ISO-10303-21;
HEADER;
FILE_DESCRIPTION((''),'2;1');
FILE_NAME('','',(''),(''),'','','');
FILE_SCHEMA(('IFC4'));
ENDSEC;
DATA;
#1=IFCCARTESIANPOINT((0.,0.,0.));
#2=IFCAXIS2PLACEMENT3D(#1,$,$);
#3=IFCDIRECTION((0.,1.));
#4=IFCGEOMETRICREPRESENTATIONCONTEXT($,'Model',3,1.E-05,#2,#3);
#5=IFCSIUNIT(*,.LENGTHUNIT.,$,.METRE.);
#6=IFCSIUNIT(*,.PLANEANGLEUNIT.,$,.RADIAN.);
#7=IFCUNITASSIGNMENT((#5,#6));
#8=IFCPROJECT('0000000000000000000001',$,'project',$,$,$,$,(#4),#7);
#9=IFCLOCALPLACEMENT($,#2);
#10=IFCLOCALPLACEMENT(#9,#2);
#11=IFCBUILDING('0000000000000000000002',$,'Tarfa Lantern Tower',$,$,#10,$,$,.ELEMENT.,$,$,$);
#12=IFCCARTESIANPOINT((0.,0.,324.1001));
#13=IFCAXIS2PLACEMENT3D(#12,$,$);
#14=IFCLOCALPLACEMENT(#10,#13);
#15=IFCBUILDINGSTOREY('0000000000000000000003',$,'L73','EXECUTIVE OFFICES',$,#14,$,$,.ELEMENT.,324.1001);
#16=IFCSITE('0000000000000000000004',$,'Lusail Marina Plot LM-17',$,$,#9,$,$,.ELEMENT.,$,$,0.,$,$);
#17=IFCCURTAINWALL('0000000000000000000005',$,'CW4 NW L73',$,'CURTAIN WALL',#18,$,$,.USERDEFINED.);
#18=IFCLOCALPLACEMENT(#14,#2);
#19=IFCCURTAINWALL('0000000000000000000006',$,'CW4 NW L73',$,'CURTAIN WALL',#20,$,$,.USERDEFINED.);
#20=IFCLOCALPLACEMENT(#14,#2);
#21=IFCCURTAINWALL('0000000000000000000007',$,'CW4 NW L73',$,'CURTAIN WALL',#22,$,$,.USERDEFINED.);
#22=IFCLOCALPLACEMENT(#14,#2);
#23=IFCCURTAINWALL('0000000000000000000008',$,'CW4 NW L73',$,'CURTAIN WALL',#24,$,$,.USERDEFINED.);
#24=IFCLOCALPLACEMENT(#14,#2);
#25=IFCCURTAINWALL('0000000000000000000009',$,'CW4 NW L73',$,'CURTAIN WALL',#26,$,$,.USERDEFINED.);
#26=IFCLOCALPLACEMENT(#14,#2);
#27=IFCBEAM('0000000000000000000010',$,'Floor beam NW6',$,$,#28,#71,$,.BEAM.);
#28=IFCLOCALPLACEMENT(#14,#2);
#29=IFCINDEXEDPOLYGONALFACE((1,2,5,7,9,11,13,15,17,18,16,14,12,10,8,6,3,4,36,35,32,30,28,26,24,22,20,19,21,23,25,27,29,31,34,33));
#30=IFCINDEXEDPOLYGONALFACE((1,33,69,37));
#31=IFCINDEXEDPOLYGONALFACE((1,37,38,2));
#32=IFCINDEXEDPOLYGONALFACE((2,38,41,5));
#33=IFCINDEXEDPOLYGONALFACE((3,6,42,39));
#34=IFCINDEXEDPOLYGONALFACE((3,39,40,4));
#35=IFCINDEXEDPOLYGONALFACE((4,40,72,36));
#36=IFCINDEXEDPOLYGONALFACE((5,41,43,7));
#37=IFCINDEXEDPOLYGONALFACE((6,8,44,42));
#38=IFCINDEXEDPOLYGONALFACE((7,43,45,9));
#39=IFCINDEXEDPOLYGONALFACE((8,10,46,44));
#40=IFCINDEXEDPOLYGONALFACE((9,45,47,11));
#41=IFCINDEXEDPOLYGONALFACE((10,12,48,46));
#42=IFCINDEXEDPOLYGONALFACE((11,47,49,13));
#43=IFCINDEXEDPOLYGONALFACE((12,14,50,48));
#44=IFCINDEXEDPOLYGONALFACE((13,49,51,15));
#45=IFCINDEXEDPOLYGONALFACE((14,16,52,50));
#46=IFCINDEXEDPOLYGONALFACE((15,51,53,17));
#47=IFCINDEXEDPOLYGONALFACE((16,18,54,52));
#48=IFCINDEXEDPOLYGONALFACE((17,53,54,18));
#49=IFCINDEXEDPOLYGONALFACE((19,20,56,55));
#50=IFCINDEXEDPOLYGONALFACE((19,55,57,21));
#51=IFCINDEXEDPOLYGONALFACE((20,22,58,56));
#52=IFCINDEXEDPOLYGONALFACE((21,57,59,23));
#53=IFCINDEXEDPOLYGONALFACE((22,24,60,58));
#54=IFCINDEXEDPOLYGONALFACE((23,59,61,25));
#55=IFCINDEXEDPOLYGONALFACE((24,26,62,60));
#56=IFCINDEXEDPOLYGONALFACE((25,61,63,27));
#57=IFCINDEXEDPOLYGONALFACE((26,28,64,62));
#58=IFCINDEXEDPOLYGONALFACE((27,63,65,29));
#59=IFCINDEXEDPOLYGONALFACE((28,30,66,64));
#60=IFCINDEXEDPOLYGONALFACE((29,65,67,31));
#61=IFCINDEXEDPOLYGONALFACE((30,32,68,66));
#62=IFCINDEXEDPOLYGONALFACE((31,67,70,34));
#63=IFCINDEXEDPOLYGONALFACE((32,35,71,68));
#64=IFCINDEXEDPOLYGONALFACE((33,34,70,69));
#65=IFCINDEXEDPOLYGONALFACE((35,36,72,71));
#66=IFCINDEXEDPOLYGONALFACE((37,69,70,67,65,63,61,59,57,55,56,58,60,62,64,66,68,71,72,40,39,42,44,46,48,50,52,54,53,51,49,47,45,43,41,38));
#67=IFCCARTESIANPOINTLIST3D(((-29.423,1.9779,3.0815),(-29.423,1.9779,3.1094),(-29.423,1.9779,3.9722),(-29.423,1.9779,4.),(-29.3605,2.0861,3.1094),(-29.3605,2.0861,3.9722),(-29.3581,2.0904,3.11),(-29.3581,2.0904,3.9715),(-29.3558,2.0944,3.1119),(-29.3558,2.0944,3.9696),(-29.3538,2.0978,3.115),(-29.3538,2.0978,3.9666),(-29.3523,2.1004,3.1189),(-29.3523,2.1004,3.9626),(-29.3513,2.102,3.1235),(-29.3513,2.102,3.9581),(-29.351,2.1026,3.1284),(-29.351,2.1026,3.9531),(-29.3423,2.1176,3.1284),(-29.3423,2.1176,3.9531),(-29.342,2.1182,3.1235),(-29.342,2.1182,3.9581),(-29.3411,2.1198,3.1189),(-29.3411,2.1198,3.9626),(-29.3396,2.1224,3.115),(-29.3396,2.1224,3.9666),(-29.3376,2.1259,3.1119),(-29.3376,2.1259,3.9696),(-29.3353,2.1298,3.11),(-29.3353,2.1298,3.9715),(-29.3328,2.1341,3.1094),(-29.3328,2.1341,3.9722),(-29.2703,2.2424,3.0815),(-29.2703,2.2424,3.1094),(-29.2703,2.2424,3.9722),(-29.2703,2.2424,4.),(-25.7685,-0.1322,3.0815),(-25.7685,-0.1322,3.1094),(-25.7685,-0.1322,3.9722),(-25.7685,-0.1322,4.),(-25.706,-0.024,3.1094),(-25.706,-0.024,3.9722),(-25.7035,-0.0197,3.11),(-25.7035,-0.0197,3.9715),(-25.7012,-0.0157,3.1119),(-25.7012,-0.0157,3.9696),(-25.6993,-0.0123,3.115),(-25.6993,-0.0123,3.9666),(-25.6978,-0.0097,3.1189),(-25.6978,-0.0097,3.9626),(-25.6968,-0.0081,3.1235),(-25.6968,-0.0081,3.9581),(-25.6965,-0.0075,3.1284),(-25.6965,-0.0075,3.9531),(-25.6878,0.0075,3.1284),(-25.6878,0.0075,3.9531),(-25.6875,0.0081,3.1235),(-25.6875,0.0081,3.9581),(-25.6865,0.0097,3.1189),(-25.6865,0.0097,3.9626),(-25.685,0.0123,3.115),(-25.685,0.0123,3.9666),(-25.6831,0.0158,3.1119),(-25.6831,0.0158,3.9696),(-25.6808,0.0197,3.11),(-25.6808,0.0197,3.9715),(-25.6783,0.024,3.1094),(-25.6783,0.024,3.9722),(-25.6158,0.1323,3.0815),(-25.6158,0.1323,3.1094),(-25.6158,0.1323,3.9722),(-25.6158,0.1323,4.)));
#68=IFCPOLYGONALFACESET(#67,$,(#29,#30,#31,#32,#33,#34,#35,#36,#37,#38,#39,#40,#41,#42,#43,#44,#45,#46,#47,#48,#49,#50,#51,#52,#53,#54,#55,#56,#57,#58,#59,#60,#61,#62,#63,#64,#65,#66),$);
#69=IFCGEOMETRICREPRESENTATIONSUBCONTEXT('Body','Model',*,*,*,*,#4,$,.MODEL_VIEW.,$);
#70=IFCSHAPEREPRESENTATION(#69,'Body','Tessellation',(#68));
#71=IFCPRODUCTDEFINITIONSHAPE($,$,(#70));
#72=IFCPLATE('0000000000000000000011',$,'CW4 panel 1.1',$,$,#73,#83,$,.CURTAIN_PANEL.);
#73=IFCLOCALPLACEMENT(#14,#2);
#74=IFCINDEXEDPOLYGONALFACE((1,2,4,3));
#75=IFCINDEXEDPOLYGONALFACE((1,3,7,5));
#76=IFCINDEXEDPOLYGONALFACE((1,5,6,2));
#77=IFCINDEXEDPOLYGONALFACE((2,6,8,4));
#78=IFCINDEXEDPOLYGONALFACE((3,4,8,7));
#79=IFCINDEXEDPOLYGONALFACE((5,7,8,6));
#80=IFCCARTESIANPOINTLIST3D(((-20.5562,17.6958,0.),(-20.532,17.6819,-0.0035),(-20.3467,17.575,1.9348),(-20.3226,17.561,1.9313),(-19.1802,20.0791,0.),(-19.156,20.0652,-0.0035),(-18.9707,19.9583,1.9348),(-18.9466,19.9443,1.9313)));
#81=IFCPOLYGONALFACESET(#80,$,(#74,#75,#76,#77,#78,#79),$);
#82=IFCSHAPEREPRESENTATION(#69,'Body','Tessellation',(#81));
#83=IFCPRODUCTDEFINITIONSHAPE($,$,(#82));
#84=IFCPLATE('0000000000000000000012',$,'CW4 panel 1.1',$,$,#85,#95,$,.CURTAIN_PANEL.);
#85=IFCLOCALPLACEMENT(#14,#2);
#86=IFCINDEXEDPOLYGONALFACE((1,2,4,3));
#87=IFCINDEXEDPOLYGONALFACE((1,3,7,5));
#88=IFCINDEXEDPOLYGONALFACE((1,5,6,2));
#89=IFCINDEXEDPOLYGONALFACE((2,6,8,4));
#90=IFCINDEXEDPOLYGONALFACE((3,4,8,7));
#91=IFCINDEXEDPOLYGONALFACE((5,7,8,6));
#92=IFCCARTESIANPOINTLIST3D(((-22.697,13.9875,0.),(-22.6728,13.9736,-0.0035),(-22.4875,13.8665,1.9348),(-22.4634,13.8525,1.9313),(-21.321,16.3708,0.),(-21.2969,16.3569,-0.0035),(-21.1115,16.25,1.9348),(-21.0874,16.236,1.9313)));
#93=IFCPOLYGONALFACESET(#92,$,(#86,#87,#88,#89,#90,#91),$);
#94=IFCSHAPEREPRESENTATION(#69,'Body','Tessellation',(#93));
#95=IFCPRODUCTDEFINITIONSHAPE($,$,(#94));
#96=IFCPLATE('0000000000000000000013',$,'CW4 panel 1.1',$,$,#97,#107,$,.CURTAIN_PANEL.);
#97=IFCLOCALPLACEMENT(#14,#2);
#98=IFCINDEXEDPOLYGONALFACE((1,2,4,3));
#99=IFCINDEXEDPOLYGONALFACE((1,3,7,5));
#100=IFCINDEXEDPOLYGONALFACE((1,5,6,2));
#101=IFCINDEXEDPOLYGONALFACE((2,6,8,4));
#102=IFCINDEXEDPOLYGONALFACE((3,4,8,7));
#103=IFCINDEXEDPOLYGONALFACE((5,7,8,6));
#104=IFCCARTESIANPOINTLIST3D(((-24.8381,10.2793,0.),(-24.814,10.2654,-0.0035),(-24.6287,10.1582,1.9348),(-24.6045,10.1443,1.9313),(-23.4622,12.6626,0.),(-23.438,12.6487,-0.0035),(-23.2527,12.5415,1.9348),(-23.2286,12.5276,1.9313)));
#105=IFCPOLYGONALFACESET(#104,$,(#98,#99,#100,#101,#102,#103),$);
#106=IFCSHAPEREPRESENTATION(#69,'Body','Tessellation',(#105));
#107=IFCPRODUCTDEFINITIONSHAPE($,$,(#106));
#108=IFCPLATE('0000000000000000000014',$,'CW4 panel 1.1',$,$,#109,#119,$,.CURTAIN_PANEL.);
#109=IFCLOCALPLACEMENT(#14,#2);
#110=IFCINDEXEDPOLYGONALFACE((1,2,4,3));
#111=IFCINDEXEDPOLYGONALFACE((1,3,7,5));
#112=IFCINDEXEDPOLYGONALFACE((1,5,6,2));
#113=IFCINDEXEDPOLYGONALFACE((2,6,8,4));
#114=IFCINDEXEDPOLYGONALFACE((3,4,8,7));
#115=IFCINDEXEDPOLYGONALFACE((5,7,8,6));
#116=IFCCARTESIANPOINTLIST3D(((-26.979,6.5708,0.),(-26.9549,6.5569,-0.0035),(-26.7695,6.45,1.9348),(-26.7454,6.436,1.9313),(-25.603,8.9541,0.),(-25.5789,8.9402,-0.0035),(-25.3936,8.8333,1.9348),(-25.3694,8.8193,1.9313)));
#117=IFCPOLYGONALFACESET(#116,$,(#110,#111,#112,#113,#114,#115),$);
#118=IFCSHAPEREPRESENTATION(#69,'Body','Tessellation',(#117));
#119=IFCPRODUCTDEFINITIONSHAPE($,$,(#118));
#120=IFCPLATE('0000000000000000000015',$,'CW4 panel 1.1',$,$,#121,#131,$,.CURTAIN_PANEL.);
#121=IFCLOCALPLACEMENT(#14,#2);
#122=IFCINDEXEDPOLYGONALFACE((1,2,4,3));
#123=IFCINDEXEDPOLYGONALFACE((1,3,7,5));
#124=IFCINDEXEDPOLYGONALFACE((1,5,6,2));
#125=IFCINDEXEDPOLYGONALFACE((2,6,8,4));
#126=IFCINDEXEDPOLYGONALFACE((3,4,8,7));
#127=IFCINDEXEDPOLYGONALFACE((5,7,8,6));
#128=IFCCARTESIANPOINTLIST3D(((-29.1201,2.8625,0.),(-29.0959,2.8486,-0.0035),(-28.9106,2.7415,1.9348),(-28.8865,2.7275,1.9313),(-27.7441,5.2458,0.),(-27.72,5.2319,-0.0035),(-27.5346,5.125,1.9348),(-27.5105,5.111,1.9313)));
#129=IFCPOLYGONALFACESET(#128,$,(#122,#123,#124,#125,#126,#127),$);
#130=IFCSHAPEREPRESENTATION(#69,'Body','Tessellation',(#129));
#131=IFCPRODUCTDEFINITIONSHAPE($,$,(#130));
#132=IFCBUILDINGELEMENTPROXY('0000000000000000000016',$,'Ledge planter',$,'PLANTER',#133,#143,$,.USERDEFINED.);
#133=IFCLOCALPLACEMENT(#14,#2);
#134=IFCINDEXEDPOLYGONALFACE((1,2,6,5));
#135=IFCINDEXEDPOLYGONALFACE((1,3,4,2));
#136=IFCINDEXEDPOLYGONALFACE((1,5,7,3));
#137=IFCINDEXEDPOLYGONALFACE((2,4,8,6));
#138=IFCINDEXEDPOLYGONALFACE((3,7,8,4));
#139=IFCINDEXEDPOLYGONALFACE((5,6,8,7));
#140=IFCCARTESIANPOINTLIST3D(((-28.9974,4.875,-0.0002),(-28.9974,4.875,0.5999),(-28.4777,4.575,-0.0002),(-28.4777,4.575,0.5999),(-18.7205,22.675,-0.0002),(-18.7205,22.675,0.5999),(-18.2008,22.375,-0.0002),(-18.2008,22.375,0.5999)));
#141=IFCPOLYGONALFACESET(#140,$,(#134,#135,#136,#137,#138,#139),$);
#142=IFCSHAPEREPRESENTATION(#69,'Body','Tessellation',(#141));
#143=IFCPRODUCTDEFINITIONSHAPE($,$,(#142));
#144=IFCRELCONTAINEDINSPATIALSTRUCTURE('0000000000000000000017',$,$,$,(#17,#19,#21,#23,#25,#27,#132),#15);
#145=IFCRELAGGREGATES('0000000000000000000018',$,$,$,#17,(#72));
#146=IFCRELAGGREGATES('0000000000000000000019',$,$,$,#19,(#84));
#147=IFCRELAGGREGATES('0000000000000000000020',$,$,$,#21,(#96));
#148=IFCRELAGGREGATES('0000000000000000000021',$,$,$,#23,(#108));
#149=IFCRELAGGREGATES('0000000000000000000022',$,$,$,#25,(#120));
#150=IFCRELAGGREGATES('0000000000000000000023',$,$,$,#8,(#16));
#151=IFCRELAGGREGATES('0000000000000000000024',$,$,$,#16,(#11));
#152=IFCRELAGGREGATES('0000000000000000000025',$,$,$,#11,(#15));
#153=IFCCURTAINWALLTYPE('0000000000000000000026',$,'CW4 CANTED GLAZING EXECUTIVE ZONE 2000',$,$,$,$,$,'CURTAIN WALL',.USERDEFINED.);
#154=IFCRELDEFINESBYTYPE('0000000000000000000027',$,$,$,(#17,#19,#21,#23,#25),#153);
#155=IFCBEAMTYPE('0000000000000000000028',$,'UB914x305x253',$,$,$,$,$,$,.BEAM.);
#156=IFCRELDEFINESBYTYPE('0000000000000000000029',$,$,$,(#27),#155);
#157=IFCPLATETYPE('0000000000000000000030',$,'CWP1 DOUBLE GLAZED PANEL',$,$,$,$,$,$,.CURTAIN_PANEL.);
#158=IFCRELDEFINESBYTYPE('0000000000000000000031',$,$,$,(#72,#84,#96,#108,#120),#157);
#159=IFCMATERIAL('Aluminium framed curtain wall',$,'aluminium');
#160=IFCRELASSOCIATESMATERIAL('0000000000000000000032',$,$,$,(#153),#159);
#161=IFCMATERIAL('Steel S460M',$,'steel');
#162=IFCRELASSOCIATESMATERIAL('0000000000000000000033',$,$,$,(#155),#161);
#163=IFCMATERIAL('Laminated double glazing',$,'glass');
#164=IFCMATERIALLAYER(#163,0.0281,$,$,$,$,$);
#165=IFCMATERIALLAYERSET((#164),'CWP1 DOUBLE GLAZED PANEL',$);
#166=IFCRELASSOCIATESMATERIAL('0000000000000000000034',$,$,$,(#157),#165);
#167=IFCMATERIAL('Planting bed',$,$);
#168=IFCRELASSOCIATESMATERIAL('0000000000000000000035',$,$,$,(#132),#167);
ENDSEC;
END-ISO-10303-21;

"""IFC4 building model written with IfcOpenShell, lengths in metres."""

from ifc_helpers import new_model, si_unit, direction, frame, origin, origin_2d, place, context, subcontext, project, spatial, polyline, rectangle, i_section, outline, extrude, material, layer, layer_set, material_profile, profile_set, type_object, element, aggregate, save


model = new_model("IFC4")

# Units and contexts
model_context = context("Model", 3, precision=1e-05, world=origin(), true_north=direction((0.0, 1.0)))
body_context = subcontext(model_context, "Body", "Model", "MODEL_VIEW")
ifc_project = project(units=[si_unit("LENGTHUNIT", "METRE"), si_unit("PLANEANGLEUNIT", "RADIAN")], contexts=[model_context])

# Site, building, storey
site_placement = place(None, origin())
site = spatial("IfcSite", under=ifc_project, at=site_placement, Name="Lusail Marina Plot LM-17", CompositionType="ELEMENT", RefElevation=0.0)
building_placement = place(site_placement, origin())
building = spatial("IfcBuilding", under=site, at=building_placement, Name="Tarfa Lantern Tower", CompositionType="ELEMENT")
storey_placement = place(building_placement, frame((0.0, 0.0, 324.1001)))
storey = spatial("IfcBuildingStorey", under=building, at=storey_placement, Name="L73", Description="EXECUTIVE OFFICES", CompositionType="ELEMENT", Elevation=324.1001)

# Curtain walls
ifc_material_1 = material(Name="Aluminium framed curtain wall", Category="aluminium")
curtain_wall_type = type_object("IfcCurtainWallType", Name="CW4 CANTED GLAZING EXECUTIVE ZONE 2000", ElementType="CURTAIN WALL", PredefinedType="USERDEFINED", material=ifc_material_1)
curtain_wall_1_placement = place(storey_placement, origin())
curtain_wall_1 = element("IfcCurtainWall", 1, at=curtain_wall_1_placement, inside=storey, type_object=curtain_wall_type, Name="CW4 NW L73", ObjectType="CURTAIN WALL", PredefinedType="USERDEFINED")
curtain_wall_2_placement = place(storey_placement, origin())
curtain_wall_2 = element("IfcCurtainWall", 2, at=curtain_wall_2_placement, inside=storey, type_object=curtain_wall_type, Name="CW4 NW L73", ObjectType="CURTAIN WALL", PredefinedType="USERDEFINED")
curtain_wall_3_placement = place(storey_placement, origin())
curtain_wall_3 = element("IfcCurtainWall", 3, at=curtain_wall_3_placement, inside=storey, type_object=curtain_wall_type, Name="CW4 NW L73", ObjectType="CURTAIN WALL", PredefinedType="USERDEFINED")
curtain_wall_4_placement = place(storey_placement, origin())
curtain_wall_4 = element("IfcCurtainWall", 4, at=curtain_wall_4_placement, inside=storey, type_object=curtain_wall_type, Name="CW4 NW L73", ObjectType="CURTAIN WALL", PredefinedType="USERDEFINED")
curtain_wall_5_placement = place(storey_placement, origin())
curtain_wall_5 = element("IfcCurtainWall", 5, at=curtain_wall_5_placement, inside=storey, type_object=curtain_wall_type, Name="CW4 NW L73", ObjectType="CURTAIN WALL", PredefinedType="USERDEFINED")

# Beam
ifc_material_2 = material(Name="Steel S460M", Category="steel")
ifc_material_profile_1 = material_profile(ifc_material_2, i_section(OverallWidth=0.3054, OverallDepth=0.9185, WebThickness=0.0173, FlangeThickness=0.0278, FilletRadius=0.019, at=origin_2d()), Name="UB914x305x253")
ifc_profile_set_1 = profile_set([ifc_material_profile_1], Name="Steel S460M")
beam_type_1 = type_object("IfcBeamType", Name="UB914x305x253", PredefinedType="BEAM", material=ifc_profile_set_1)
beam_1_placement = place(storey_placement, frame((-29.3467, 2.1101, 3.5408), z_axis=(0.866009, -0.500028, 0.0), x_axis=(0.500028, 0.866009, 0.0)))
element("IfcBeam", 6, at=beam_1_placement, inside=storey, type_object=beam_type_1, Name="Floor beam NW6", PredefinedType="BEAM", context=body_context, shape_type="SweptSolid", body=[
    extrude(i_section(OverallWidth=0.3054, OverallDepth=0.9185, WebThickness=0.0173, FlangeThickness=0.0278, FilletRadius=0.019, at=origin_2d()), origin(), (0.0, 0.0, 1.0), 4.22),
])

# Plates
ifc_material_3 = material(Name="Laminated double glazing", Category="glass")
ifc_layer = layer(ifc_material_3, 0.0281)
ifc_layer_set = layer_set([ifc_layer], Name="CWP1 DOUBLE GLAZED PANEL")
plate_type = type_object("IfcPlateType", Name="CWP1 DOUBLE GLAZED PANEL", PredefinedType="CURTAIN_PANEL", material=ifc_layer_set)
plate_1_placement = place(storey_placement, frame((-19.1802, 20.0791, 0.0), z_axis=(-0.859342, 0.496133, 0.124025), x_axis=(-0.499994, -0.866029, 0.0)))
plate_1 = element("IfcPlate", 7, at=plate_1_placement, type_object=plate_type, Name="CW4 panel 1.1", PredefinedType="CURTAIN_PANEL", context=body_context, shape_type="SweptSolid", body=[
    extrude(outline(polyline([(0.0, 0.0), (2.752, 0.0), (2.7519, 1.9499), (-0.0001, 1.9499), (0.0, 0.0)])), origin(), (0.0, 0.0, -1.0), 0.0281),
])
aggregate(curtain_wall_1, [plate_1])
plate_2_placement = place(storey_placement, frame((-21.321, 16.3708, 0.0), z_axis=(-0.85935, 0.496112, 0.124056), x_axis=(-0.499975, -0.86604, -0.000003)))
plate_2 = element("IfcPlate", 8, at=plate_2_placement, type_object=plate_type, Name="CW4 panel 1.1", PredefinedType="CURTAIN_PANEL", context=body_context, shape_type="SweptSolid", body=[
    extrude(outline(polyline([(0.0, 0.0), (2.752, 0.0), (2.7521, 1.9499), (-0.0001, 1.9499), (0.0, 0.0)])), origin(), (0.0, 0.0, -1.0), 0.0281),
])
aggregate(curtain_wall_2, [plate_2])
plate_3_placement = place(storey_placement, frame((-23.4622, 12.6626, 0.0), z_axis=(-0.859336, 0.49613, 0.124087), x_axis=(-0.499994, -0.866029, 0.0)))
plate_3 = element("IfcPlate", 9, at=plate_3_placement, type_object=plate_type, Name="CW4 panel 1.1", PredefinedType="CURTAIN_PANEL", context=body_context, shape_type="SweptSolid", body=[
    extrude(outline(polyline([(0.0, 0.0), (2.752, 0.0), (2.7521, 1.9499), (0.0001, 1.9499), (0.0, 0.0)])), origin(), (0.0, 0.0, -1.0), 0.0281),
])
aggregate(curtain_wall_3, [plate_3])
plate_4_placement = place(storey_placement, frame((-25.603, 8.9541, 0.0), z_axis=(-0.859342, 0.496133, 0.124025), x_axis=(-0.499994, -0.866029, 0.0)))
plate_4 = element("IfcPlate", 10, at=plate_4_placement, type_object=plate_type, Name="CW4 panel 1.1", PredefinedType="CURTAIN_PANEL", context=body_context, shape_type="SweptSolid", body=[
    extrude(outline(polyline([(0.0, 0.0), (2.752, 0.0), (2.7519, 1.9499), (-0.0001, 1.9499), (0.0, 0.0)])), origin(), (0.0, 0.0, -1.0), 0.0281),
])
aggregate(curtain_wall_4, [plate_4])
plate_5_placement = place(storey_placement, frame((-27.7441, 5.2458, 0.0), z_axis=(-0.85935, 0.496112, 0.124056), x_axis=(-0.499975, -0.86604, -0.000003)))
plate_5 = element("IfcPlate", 11, at=plate_5_placement, type_object=plate_type, Name="CW4 panel 1.1", PredefinedType="CURTAIN_PANEL", context=body_context, shape_type="SweptSolid", body=[
    extrude(outline(polyline([(0.0, 0.0), (2.752, 0.0), (2.7521, 1.9499), (-0.0001, 1.9499), (0.0, 0.0)])), origin(), (0.0, 0.0, -1.0), 0.0281),
])
aggregate(curtain_wall_5, [plate_5])

# Building element proxy
ifc_material_4 = material(Name="Planting bed")
proxy_placement = place(storey_placement, frame((-23.5991, 13.625, -0.0002), z_axis=(0.0, 0.0, 1.0), x_axis=(-0.5, -0.866025, 0.0)))
element("IfcBuildingElementProxy", 12, at=proxy_placement, inside=storey, material=ifc_material_4, Name="Ledge planter", ObjectType="PLANTER", PredefinedType="USERDEFINED", context=body_context, shape_type="SweptSolid", body=[
    extrude(rectangle(XDim=20.5537, YDim=0.6001, at=origin_2d()), origin(), (0.0, 0.0, 1.0), 0.6001),
])

save(model, "model.ifc")
